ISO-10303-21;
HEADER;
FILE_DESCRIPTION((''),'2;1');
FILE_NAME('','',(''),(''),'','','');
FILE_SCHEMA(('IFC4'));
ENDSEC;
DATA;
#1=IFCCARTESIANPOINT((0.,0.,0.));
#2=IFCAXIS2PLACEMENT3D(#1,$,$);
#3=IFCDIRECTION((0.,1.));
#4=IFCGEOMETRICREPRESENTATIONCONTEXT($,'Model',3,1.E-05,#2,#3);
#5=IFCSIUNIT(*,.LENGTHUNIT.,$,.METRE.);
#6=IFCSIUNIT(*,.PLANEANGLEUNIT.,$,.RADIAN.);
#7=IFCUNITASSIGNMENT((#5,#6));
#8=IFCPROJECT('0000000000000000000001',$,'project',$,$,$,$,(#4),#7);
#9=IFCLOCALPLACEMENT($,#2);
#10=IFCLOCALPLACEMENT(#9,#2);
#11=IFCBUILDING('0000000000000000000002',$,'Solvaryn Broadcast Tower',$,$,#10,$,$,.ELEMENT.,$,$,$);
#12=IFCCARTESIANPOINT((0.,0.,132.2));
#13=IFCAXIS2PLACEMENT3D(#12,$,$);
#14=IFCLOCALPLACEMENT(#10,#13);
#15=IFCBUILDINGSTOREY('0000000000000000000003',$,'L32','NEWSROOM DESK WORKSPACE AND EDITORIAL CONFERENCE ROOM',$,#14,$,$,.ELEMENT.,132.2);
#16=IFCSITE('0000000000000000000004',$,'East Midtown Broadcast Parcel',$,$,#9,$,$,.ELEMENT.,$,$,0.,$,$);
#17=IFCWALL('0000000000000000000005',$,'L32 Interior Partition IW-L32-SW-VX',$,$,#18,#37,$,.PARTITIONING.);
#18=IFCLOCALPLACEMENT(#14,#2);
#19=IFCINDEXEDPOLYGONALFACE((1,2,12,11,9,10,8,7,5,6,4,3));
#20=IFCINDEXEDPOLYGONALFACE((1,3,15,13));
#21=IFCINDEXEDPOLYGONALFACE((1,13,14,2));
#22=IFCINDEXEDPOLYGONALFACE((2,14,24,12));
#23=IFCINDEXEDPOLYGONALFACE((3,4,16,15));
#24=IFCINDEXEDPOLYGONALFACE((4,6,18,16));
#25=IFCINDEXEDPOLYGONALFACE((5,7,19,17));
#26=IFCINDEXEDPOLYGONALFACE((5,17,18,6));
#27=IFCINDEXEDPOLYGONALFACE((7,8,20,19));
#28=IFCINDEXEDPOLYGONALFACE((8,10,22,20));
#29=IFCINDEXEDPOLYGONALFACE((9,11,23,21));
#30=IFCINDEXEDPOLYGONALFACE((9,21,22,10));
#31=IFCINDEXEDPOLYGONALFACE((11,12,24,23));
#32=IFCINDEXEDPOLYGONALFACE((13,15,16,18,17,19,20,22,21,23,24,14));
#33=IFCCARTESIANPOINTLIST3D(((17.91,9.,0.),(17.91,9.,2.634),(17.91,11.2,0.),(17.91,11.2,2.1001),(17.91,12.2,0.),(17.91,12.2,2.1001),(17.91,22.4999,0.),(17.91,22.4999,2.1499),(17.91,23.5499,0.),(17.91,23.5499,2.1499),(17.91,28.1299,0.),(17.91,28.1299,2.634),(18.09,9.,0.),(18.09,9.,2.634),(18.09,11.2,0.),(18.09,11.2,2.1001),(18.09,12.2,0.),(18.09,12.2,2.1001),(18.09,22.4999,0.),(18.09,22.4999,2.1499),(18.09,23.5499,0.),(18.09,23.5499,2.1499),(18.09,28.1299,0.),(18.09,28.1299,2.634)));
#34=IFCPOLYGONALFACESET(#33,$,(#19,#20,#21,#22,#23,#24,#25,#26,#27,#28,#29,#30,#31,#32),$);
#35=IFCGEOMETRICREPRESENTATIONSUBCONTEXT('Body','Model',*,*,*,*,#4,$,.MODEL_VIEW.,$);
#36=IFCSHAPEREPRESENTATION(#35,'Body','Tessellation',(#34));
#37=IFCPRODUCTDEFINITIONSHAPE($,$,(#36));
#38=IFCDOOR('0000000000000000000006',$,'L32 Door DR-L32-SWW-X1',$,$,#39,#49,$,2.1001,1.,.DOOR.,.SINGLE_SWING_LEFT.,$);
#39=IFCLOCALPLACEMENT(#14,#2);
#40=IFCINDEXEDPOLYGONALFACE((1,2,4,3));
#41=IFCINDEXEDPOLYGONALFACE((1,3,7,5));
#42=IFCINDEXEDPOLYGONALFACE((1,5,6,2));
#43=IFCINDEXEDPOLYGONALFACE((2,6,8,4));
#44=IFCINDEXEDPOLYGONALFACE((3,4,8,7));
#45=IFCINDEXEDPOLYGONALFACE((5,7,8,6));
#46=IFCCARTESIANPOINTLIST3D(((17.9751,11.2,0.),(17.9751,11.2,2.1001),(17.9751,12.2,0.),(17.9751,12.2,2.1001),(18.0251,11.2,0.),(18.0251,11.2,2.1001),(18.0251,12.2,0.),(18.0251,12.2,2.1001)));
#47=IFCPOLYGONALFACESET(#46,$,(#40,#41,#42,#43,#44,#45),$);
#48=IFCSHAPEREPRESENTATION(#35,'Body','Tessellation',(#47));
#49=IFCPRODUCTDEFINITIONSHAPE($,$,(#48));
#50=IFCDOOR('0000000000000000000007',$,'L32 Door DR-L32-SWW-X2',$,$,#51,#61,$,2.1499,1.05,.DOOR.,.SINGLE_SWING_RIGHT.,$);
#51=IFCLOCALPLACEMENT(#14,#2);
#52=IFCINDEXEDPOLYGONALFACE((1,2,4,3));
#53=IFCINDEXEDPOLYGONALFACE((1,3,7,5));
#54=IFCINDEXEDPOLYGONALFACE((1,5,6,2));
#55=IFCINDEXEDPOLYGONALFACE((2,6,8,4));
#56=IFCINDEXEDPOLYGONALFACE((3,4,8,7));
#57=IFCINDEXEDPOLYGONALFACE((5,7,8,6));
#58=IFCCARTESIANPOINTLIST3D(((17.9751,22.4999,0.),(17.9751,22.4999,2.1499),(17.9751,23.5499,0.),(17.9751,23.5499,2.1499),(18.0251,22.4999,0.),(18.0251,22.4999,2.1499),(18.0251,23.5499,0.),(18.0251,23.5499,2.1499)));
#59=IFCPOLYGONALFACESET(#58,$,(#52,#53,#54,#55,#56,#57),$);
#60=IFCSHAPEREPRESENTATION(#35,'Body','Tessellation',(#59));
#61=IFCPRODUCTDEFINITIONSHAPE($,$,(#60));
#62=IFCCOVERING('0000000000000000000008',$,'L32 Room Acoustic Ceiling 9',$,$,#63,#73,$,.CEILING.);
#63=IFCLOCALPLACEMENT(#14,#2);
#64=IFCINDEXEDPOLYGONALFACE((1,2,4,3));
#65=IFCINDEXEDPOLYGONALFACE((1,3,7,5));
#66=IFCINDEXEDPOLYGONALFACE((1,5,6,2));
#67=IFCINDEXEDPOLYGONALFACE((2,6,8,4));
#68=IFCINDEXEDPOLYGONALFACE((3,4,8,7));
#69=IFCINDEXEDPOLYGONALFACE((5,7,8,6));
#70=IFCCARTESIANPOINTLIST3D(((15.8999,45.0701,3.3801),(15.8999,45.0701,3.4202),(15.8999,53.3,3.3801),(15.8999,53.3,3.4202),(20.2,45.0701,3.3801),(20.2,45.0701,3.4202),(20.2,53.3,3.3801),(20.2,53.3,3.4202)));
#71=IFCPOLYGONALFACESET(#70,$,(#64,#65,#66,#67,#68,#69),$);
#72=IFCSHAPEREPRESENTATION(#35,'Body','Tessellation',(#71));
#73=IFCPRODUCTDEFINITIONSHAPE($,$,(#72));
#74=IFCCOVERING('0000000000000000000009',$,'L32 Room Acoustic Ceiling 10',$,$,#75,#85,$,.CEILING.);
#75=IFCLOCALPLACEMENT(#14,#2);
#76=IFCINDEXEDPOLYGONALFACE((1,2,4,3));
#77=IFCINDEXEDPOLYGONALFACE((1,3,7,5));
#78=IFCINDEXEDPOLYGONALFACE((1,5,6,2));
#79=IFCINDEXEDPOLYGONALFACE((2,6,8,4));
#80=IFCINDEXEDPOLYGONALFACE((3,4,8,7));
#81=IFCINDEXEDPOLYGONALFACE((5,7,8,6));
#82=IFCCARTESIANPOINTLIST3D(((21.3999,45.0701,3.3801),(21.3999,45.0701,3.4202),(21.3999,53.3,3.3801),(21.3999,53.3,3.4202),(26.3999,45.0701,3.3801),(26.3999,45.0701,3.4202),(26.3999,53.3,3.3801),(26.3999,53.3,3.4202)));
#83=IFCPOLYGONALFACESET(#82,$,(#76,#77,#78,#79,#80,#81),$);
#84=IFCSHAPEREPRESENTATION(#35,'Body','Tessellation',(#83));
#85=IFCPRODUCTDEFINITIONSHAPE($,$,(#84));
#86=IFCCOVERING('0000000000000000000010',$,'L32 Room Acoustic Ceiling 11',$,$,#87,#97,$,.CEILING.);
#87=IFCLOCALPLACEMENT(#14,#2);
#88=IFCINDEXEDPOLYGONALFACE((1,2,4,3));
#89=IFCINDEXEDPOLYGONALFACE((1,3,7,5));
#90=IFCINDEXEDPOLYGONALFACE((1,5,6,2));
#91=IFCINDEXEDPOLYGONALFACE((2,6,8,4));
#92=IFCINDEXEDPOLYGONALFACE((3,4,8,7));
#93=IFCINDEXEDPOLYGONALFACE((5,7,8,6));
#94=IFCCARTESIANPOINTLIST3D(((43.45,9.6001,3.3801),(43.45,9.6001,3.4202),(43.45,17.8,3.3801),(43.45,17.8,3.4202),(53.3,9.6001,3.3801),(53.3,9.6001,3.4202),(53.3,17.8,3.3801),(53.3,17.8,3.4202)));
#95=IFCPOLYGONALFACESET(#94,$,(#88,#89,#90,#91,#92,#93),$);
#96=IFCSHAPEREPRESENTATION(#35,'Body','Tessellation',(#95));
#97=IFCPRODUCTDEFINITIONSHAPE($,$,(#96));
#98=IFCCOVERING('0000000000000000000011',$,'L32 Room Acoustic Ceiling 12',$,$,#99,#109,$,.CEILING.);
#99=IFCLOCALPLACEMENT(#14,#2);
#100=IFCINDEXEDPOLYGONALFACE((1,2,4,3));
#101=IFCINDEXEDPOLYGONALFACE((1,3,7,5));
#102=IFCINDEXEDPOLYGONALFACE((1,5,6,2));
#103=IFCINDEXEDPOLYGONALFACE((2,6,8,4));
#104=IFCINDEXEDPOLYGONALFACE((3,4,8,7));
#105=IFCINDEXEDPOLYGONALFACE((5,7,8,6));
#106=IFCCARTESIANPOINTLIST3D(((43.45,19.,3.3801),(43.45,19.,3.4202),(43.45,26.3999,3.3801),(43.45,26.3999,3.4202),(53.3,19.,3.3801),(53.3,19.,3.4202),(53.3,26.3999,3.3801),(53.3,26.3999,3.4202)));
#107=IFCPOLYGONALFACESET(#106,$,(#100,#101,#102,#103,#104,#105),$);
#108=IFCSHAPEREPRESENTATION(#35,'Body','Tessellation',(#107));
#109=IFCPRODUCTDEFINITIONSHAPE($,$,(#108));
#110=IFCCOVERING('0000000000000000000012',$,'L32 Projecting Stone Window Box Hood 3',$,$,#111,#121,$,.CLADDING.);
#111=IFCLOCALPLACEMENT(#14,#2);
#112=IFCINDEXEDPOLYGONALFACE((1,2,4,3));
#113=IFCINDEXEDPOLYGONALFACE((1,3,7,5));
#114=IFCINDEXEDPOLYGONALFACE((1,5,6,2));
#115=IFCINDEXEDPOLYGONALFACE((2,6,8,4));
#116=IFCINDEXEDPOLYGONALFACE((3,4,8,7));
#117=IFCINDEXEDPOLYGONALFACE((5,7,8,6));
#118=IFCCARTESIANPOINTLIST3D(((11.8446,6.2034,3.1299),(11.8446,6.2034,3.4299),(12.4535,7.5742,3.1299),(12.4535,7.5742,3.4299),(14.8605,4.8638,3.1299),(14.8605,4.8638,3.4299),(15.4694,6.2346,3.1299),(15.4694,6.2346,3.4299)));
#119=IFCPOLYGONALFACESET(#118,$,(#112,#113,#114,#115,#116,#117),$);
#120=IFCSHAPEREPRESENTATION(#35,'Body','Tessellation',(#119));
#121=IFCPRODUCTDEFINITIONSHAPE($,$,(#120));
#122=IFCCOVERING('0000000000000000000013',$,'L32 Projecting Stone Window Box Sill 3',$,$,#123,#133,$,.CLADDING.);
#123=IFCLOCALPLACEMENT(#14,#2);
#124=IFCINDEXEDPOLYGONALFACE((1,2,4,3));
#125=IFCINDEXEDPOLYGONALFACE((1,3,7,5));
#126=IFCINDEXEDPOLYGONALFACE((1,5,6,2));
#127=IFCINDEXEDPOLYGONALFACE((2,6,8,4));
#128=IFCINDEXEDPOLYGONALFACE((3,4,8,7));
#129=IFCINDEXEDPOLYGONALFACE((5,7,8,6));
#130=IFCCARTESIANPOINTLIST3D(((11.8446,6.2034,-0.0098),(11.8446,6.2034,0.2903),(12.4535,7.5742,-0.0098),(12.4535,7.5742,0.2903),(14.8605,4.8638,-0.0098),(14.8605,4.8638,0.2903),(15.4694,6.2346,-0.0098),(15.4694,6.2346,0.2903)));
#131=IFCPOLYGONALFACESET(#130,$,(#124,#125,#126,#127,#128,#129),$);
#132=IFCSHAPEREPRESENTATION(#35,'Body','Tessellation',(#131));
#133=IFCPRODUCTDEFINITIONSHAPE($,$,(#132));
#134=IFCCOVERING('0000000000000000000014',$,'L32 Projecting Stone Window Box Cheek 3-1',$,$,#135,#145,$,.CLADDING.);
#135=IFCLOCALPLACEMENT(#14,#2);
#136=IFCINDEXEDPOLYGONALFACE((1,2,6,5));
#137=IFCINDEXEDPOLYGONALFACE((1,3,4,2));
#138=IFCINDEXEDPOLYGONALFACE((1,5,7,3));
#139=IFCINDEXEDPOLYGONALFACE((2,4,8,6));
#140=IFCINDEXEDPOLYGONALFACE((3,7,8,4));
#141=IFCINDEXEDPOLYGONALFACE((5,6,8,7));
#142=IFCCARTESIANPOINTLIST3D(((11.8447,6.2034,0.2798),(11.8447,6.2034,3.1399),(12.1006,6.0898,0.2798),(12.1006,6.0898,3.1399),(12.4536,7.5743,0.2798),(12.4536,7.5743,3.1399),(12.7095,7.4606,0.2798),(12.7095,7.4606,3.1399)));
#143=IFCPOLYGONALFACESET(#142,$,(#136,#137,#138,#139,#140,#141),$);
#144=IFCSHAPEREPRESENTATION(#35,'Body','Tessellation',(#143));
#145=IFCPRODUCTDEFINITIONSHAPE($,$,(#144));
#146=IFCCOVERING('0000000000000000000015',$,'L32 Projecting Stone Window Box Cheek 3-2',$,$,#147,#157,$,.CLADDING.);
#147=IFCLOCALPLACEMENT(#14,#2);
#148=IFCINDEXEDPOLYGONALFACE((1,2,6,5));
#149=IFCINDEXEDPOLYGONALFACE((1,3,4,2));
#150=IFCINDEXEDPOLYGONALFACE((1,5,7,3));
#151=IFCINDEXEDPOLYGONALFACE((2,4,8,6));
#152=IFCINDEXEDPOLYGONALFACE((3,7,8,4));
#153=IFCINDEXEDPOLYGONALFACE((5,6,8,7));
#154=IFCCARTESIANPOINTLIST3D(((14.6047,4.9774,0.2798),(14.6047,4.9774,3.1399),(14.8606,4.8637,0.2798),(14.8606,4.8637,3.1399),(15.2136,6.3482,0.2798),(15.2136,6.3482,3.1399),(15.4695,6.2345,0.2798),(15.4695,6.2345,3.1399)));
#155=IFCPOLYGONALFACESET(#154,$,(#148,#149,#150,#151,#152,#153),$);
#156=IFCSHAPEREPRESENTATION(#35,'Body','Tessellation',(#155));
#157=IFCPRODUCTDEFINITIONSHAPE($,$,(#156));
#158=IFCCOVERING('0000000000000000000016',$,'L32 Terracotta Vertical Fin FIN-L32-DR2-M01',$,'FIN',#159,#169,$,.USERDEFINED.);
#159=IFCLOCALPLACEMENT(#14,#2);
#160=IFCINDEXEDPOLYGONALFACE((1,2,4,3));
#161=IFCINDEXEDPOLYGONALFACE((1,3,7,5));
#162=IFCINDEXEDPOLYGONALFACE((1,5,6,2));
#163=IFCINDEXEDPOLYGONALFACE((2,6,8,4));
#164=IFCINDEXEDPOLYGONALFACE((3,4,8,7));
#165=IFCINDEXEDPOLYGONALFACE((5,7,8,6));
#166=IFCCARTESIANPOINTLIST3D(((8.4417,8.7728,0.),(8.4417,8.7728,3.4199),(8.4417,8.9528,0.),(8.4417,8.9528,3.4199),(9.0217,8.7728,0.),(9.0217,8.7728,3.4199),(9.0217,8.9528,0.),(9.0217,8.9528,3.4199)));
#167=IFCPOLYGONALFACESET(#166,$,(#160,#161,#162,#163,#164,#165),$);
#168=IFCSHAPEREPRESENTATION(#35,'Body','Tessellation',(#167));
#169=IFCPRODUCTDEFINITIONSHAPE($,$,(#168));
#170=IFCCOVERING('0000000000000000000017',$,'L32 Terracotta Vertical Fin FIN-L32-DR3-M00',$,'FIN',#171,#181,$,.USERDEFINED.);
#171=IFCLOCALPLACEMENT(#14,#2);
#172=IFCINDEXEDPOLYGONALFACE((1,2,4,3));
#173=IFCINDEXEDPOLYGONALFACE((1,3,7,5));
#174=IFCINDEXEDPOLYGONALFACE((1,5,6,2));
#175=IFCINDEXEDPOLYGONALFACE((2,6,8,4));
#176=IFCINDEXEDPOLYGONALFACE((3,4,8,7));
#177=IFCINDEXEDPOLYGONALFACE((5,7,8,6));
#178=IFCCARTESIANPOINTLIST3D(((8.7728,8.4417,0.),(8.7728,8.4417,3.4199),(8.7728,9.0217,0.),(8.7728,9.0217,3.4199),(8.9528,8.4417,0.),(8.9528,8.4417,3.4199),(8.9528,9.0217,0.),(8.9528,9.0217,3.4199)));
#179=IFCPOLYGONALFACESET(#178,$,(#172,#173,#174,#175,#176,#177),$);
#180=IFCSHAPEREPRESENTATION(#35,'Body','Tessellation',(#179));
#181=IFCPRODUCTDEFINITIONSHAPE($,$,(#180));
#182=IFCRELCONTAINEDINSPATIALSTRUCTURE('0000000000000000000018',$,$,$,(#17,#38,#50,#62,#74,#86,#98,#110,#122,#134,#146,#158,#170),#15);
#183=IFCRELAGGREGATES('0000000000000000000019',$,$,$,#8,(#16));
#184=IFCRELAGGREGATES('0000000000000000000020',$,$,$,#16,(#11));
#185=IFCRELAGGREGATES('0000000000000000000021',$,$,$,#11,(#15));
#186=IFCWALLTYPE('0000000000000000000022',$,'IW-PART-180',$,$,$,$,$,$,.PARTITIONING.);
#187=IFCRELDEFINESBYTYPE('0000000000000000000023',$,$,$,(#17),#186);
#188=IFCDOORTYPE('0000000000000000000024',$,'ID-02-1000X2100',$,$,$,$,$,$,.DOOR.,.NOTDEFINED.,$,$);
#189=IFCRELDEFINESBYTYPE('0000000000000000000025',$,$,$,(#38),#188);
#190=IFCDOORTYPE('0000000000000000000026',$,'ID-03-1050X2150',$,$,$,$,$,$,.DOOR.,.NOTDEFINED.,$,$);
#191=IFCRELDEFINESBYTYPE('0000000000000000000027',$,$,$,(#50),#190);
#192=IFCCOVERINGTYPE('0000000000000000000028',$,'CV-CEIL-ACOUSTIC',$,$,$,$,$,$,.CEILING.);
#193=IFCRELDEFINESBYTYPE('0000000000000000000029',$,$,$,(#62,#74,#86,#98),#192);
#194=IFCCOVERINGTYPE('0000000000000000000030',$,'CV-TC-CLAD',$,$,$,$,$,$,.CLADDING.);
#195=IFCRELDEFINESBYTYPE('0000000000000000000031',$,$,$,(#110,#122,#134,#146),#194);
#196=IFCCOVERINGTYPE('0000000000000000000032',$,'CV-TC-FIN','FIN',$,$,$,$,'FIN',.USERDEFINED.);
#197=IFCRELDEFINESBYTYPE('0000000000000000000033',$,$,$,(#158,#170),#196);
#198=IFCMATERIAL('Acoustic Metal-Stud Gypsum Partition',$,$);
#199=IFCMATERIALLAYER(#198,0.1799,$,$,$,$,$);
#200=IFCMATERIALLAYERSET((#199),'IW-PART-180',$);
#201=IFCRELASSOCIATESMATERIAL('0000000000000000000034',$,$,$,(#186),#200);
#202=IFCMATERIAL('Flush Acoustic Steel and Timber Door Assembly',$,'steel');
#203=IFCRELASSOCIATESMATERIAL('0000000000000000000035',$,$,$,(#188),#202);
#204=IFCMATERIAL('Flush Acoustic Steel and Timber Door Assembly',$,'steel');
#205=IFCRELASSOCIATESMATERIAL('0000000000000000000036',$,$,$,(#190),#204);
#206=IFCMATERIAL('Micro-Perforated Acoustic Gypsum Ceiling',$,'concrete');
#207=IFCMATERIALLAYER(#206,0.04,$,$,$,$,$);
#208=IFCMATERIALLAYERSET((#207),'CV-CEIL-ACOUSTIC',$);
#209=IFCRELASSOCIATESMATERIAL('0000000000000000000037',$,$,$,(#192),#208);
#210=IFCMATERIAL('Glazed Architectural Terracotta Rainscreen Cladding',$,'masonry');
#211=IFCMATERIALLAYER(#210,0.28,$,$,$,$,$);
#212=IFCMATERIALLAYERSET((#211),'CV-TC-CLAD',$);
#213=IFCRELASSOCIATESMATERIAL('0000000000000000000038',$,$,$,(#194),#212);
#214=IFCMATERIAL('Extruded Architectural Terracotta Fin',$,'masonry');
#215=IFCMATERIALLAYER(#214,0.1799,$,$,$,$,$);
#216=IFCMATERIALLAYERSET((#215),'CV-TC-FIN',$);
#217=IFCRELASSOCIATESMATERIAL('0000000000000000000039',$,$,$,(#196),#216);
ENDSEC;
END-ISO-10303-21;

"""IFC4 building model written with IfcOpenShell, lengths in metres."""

from ifc_helpers import new_model, si_unit, direction, frame, frame_2d, origin, origin_2d, place, context, subcontext, project, spatial, polyline, rectangle, outline, extrude, material, layer, layer_set, type_object, element, fill, save


model = new_model("IFC4")

# Units and contexts
model_context = context("Model", 3, precision=1e-05, world=origin(), true_north=direction((0.0, 1.0)))
body_context = subcontext(model_context, "Body", "Model", "MODEL_VIEW")
ifc_project = project(units=[si_unit("LENGTHUNIT", "METRE"), si_unit("PLANEANGLEUNIT", "RADIAN")], contexts=[model_context])

# Site, building, storey
site_placement = place(None, origin())
site = spatial("IfcSite", under=ifc_project, at=site_placement, Name="East Midtown Broadcast Parcel", CompositionType="ELEMENT", RefElevation=0.0)
building_placement = place(site_placement, origin())
building = spatial("IfcBuilding", under=site, at=building_placement, Name="Solvaryn Broadcast Tower", CompositionType="ELEMENT")
storey_placement = place(building_placement, frame((0.0, 0.0, 132.2)))
storey = spatial("IfcBuildingStorey", under=building, at=storey_placement, Name="L32", Description="NEWSROOM DESK WORKSPACE AND EDITORIAL CONFERENCE ROOM", CompositionType="ELEMENT", Elevation=132.2)

# Wall, openings, doors
ifc_material_1 = material(Name="Acoustic Metal-Stud Gypsum Partition")
ifc_layer_1 = layer(ifc_material_1, 0.1799)
ifc_layer_set_1 = layer_set([ifc_layer_1], Name="IW-PART-180")
wall_type_1 = type_object("IfcWallType", Name="IW-PART-180", PredefinedType="PARTITIONING", material=ifc_layer_set_1)
wall_1_placement = place(storey_placement, frame((18.0, 9.0, 0.0), z_axis=(0.0, 0.0, 1.0), x_axis=(0.0, 1.0, 0.0)))
wall_1 = element("IfcWall", 1, at=wall_1_placement, inside=storey, type_object=wall_type_1, Name="L32 Interior Partition IW-L32-SW-VX", PredefinedType="PARTITIONING", context=body_context, shape_type="SweptSolid", body=[
    extrude(rectangle(XDim=19.1299, YDim=0.1799, at=frame_2d((9.5649, 0.0))), origin(), (0.0, 0.0, 1.0), 2.634),
])
opening_1_placement = place(wall_1_placement, frame((2.2, 0.0, 0.0)))
opening_1 = element("IfcOpeningElement", 2, at=opening_1_placement, cuts=wall_1, PredefinedType="OPENING", context=body_context, shape_type="SweptSolid", body=[
    extrude(rectangle(XDim=1.0, YDim=2.1001, at=frame_2d((0.5, 1.05))), frame((0.0, 0.0999, 0.0), z_axis=(0.0, -1.0, 0.0), x_axis=(1.0, 0.0, 0.0)), (0.0, 0.0, 1.0), 0.2),
])
opening_2_placement = place(wall_1_placement, frame((13.5, 0.0, 0.0)))
opening_2 = element("IfcOpeningElement", 3, at=opening_2_placement, cuts=wall_1, PredefinedType="OPENING", context=body_context, shape_type="SweptSolid", body=[
    extrude(rectangle(XDim=1.05, YDim=2.1499, at=frame_2d((0.5249, 1.075))), frame((0.0, 0.0999, 0.0), z_axis=(0.0, -1.0, 0.0), x_axis=(1.0, 0.0, 0.0)), (0.0, 0.0, 1.0), 0.2),
])
ifc_material_2 = material(Name="Flush Acoustic Steel and Timber Door Assembly", Category="steel")
door_type_1 = type_object("IfcDoorType", Name="ID-02-1000X2100", OperationType="NOTDEFINED", PredefinedType="DOOR", material=ifc_material_2)
door_1_placement = place(opening_1_placement, origin())
door_1 = element("IfcDoor", 4, at=door_1_placement, inside=storey, type_object=door_type_1, Name="L32 Door DR-L32-SWW-X1", OperationType="SINGLE_SWING_LEFT", OverallHeight=2.1001, OverallWidth=1.0, PredefinedType="DOOR", context=body_context, shape_type="SweptSolid", body=[
    extrude(rectangle(XDim=1.0, YDim=2.1001, at=frame_2d((0.5, 1.05))), frame((0.0, 0.0249, 0.0), z_axis=(0.0, -1.0, 0.0), x_axis=(1.0, 0.0, 0.0)), (0.0, 0.0, 1.0), 0.05),
])
fill(opening_1, door_1)
ifc_material_3 = material(Name="Flush Acoustic Steel and Timber Door Assembly", Category="steel")
door_type_2 = type_object("IfcDoorType", Name="ID-03-1050X2150", OperationType="NOTDEFINED", PredefinedType="DOOR", material=ifc_material_3)
door_2_placement = place(opening_2_placement, origin())
door_2 = element("IfcDoor", 5, at=door_2_placement, inside=storey, type_object=door_type_2, Name="L32 Door DR-L32-SWW-X2", OperationType="SINGLE_SWING_RIGHT", OverallHeight=2.1499, OverallWidth=1.05, PredefinedType="DOOR", context=body_context, shape_type="SweptSolid", body=[
    extrude(rectangle(XDim=1.05, YDim=2.1499, at=frame_2d((0.5249, 1.075))), frame((0.0, 0.0249, 0.0), z_axis=(0.0, -1.0, 0.0), x_axis=(1.0, 0.0, 0.0)), (0.0, 0.0, 1.0), 0.05),
])
fill(opening_2, door_2)

# Coverings
ifc_material_4 = material(Name="Micro-Perforated Acoustic Gypsum Ceiling", Category="concrete")
ifc_layer_2 = layer(ifc_material_4, 0.04)
ifc_layer_set_2 = layer_set([ifc_layer_2], Name="CV-CEIL-ACOUSTIC")
covering_type_1 = type_object("IfcCoveringType", Name="CV-CEIL-ACOUSTIC", PredefinedType="CEILING", material=ifc_layer_set_2)
covering_1_placement = place(storey_placement, frame((0.0, 0.0, 3.3801)))
element("IfcCovering", 6, at=covering_1_placement, inside=storey, type_object=covering_type_1, Name="L32 Room Acoustic Ceiling 9", PredefinedType="CEILING", context=body_context, shape_type="SweptSolid", body=[
    extrude(outline(polyline([(15.8999, 45.0701), (20.2, 45.0701), (20.2, 53.3), (15.8999, 53.3), (15.8999, 45.0701)])), origin(), (0.0, 0.0, 1.0), 0.04),
])
covering_2_placement = place(storey_placement, frame((0.0, 0.0, 3.3801)))
element("IfcCovering", 7, at=covering_2_placement, inside=storey, type_object=covering_type_1, Name="L32 Room Acoustic Ceiling 10", PredefinedType="CEILING", context=body_context, shape_type="SweptSolid", body=[
    extrude(outline(polyline([(21.3999, 45.0701), (26.3999, 45.0701), (26.3999, 53.3), (21.3999, 53.3), (21.3999, 45.0701)])), origin(), (0.0, 0.0, 1.0), 0.04),
])
covering_3_placement = place(storey_placement, frame((0.0, 0.0, 3.3801)))
element("IfcCovering", 8, at=covering_3_placement, inside=storey, type_object=covering_type_1, Name="L32 Room Acoustic Ceiling 11", PredefinedType="CEILING", context=body_context, shape_type="SweptSolid", body=[
    extrude(outline(polyline([(43.45, 9.6001), (53.3, 9.6001), (53.3, 17.8), (43.45, 17.8), (43.45, 9.6001)])), origin(), (0.0, 0.0, 1.0), 0.04),
])
covering_4_placement = place(storey_placement, frame((0.0, 0.0, 3.3801)))
element("IfcCovering", 9, at=covering_4_placement, inside=storey, type_object=covering_type_1, Name="L32 Room Acoustic Ceiling 12", PredefinedType="CEILING", context=body_context, shape_type="SweptSolid", body=[
    extrude(outline(polyline([(43.45, 19.0), (53.3, 19.0), (53.3, 26.3999), (43.45, 26.3999), (43.45, 19.0)])), origin(), (0.0, 0.0, 1.0), 0.04),
])
ifc_material_5 = material(Name="Glazed Architectural Terracotta Rainscreen Cladding", Category="masonry")
ifc_layer_3 = layer(ifc_material_5, 0.28)
ifc_layer_set_3 = layer_set([ifc_layer_3], Name="CV-TC-CLAD")
covering_type_2 = type_object("IfcCoveringType", Name="CV-TC-CLAD", PredefinedType="CLADDING", material=ifc_layer_set_3)
for number, where, z_axis, x_axis, name in (
    (10, (13.657, 6.219, 3.1299), (0.0, 0.0, 1.0), (0.9139, -0.405939, 0.0), "L32 Projecting Stone Window Box Hood 3"),
    (11, (13.657, 6.219, -0.0098), (0.0, 0.0, 1.0), (0.9139, -0.405939, 0.0), "L32 Projecting Stone Window Box Sill 3"),
):
    element("IfcCovering", number, at=place(storey_placement, frame(where, z_axis=z_axis, x_axis=x_axis)), inside=storey, type_object=covering_type_2, Name=name, PredefinedType="CLADDING", context=body_context, shape_type="SweptSolid", body=[
        extrude(rectangle(XDim=3.3, YDim=1.5, at=origin_2d()), origin(), (0.0, 0.0, 1.0), 0.3),
    ])
for number, where, z_axis, x_axis, name in (
    (12, (12.2771, 6.832, 0.2798), (0.0, 0.0, 1.0), (0.9139, -0.405939, 0.0), "L32 Projecting Stone Window Box Cheek 3-1"),
    (13, (15.0371, 5.606, 0.2798), (0.0, 0.0, 1.0), (0.9139, -0.405939, 0.0), "L32 Projecting Stone Window Box Cheek 3-2"),
):
    element("IfcCovering", number, at=place(storey_placement, frame(where, z_axis=z_axis, x_axis=x_axis)), inside=storey, type_object=covering_type_2, Name=name, PredefinedType="CLADDING", context=body_context, shape_type="SweptSolid", body=[
        extrude(rectangle(XDim=0.28, YDim=1.5, at=origin_2d()), origin(), (0.0, 0.0, 1.0), 2.8601),
    ])
ifc_material_6 = material(Name="Extruded Architectural Terracotta Fin", Category="masonry")
ifc_layer_4 = layer(ifc_material_6, 0.1799)
ifc_layer_set_4 = layer_set([ifc_layer_4], Name="CV-TC-FIN")
covering_type_3 = type_object("IfcCoveringType", Name="CV-TC-FIN", Description="FIN", ElementType="FIN", PredefinedType="USERDEFINED", material=ifc_layer_set_4)
covering_5_placement = place(storey_placement, frame((8.7317, 8.8628, 0.0), z_axis=(0.0, 0.0, 1.0), x_axis=(1.0, 0.0, 0.0)))
element("IfcCovering", 14, at=covering_5_placement, inside=storey, type_object=covering_type_3, Name="L32 Terracotta Vertical Fin FIN-L32-DR2-M01", ObjectType="FIN", PredefinedType="USERDEFINED", context=body_context, shape_type="SweptSolid", body=[
    extrude(rectangle(XDim=0.5801, YDim=0.1799, at=origin_2d()), origin(), (0.0, 0.0, 1.0), 3.4199),
])
covering_6_placement = place(storey_placement, frame((8.8628, 8.7317, 0.0), z_axis=(0.0, 0.0, 1.0), x_axis=(1.0, 0.0, 0.0)))
element("IfcCovering", 15, at=covering_6_placement, inside=storey, type_object=covering_type_3, Name="L32 Terracotta Vertical Fin FIN-L32-DR3-M00", ObjectType="FIN", PredefinedType="USERDEFINED", context=body_context, shape_type="SweptSolid", body=[
    extrude(rectangle(XDim=0.1799, YDim=0.5801, at=origin_2d()), origin(), (0.0, 0.0, 1.0), 3.4199),
])

save(model, "model.ifc")
